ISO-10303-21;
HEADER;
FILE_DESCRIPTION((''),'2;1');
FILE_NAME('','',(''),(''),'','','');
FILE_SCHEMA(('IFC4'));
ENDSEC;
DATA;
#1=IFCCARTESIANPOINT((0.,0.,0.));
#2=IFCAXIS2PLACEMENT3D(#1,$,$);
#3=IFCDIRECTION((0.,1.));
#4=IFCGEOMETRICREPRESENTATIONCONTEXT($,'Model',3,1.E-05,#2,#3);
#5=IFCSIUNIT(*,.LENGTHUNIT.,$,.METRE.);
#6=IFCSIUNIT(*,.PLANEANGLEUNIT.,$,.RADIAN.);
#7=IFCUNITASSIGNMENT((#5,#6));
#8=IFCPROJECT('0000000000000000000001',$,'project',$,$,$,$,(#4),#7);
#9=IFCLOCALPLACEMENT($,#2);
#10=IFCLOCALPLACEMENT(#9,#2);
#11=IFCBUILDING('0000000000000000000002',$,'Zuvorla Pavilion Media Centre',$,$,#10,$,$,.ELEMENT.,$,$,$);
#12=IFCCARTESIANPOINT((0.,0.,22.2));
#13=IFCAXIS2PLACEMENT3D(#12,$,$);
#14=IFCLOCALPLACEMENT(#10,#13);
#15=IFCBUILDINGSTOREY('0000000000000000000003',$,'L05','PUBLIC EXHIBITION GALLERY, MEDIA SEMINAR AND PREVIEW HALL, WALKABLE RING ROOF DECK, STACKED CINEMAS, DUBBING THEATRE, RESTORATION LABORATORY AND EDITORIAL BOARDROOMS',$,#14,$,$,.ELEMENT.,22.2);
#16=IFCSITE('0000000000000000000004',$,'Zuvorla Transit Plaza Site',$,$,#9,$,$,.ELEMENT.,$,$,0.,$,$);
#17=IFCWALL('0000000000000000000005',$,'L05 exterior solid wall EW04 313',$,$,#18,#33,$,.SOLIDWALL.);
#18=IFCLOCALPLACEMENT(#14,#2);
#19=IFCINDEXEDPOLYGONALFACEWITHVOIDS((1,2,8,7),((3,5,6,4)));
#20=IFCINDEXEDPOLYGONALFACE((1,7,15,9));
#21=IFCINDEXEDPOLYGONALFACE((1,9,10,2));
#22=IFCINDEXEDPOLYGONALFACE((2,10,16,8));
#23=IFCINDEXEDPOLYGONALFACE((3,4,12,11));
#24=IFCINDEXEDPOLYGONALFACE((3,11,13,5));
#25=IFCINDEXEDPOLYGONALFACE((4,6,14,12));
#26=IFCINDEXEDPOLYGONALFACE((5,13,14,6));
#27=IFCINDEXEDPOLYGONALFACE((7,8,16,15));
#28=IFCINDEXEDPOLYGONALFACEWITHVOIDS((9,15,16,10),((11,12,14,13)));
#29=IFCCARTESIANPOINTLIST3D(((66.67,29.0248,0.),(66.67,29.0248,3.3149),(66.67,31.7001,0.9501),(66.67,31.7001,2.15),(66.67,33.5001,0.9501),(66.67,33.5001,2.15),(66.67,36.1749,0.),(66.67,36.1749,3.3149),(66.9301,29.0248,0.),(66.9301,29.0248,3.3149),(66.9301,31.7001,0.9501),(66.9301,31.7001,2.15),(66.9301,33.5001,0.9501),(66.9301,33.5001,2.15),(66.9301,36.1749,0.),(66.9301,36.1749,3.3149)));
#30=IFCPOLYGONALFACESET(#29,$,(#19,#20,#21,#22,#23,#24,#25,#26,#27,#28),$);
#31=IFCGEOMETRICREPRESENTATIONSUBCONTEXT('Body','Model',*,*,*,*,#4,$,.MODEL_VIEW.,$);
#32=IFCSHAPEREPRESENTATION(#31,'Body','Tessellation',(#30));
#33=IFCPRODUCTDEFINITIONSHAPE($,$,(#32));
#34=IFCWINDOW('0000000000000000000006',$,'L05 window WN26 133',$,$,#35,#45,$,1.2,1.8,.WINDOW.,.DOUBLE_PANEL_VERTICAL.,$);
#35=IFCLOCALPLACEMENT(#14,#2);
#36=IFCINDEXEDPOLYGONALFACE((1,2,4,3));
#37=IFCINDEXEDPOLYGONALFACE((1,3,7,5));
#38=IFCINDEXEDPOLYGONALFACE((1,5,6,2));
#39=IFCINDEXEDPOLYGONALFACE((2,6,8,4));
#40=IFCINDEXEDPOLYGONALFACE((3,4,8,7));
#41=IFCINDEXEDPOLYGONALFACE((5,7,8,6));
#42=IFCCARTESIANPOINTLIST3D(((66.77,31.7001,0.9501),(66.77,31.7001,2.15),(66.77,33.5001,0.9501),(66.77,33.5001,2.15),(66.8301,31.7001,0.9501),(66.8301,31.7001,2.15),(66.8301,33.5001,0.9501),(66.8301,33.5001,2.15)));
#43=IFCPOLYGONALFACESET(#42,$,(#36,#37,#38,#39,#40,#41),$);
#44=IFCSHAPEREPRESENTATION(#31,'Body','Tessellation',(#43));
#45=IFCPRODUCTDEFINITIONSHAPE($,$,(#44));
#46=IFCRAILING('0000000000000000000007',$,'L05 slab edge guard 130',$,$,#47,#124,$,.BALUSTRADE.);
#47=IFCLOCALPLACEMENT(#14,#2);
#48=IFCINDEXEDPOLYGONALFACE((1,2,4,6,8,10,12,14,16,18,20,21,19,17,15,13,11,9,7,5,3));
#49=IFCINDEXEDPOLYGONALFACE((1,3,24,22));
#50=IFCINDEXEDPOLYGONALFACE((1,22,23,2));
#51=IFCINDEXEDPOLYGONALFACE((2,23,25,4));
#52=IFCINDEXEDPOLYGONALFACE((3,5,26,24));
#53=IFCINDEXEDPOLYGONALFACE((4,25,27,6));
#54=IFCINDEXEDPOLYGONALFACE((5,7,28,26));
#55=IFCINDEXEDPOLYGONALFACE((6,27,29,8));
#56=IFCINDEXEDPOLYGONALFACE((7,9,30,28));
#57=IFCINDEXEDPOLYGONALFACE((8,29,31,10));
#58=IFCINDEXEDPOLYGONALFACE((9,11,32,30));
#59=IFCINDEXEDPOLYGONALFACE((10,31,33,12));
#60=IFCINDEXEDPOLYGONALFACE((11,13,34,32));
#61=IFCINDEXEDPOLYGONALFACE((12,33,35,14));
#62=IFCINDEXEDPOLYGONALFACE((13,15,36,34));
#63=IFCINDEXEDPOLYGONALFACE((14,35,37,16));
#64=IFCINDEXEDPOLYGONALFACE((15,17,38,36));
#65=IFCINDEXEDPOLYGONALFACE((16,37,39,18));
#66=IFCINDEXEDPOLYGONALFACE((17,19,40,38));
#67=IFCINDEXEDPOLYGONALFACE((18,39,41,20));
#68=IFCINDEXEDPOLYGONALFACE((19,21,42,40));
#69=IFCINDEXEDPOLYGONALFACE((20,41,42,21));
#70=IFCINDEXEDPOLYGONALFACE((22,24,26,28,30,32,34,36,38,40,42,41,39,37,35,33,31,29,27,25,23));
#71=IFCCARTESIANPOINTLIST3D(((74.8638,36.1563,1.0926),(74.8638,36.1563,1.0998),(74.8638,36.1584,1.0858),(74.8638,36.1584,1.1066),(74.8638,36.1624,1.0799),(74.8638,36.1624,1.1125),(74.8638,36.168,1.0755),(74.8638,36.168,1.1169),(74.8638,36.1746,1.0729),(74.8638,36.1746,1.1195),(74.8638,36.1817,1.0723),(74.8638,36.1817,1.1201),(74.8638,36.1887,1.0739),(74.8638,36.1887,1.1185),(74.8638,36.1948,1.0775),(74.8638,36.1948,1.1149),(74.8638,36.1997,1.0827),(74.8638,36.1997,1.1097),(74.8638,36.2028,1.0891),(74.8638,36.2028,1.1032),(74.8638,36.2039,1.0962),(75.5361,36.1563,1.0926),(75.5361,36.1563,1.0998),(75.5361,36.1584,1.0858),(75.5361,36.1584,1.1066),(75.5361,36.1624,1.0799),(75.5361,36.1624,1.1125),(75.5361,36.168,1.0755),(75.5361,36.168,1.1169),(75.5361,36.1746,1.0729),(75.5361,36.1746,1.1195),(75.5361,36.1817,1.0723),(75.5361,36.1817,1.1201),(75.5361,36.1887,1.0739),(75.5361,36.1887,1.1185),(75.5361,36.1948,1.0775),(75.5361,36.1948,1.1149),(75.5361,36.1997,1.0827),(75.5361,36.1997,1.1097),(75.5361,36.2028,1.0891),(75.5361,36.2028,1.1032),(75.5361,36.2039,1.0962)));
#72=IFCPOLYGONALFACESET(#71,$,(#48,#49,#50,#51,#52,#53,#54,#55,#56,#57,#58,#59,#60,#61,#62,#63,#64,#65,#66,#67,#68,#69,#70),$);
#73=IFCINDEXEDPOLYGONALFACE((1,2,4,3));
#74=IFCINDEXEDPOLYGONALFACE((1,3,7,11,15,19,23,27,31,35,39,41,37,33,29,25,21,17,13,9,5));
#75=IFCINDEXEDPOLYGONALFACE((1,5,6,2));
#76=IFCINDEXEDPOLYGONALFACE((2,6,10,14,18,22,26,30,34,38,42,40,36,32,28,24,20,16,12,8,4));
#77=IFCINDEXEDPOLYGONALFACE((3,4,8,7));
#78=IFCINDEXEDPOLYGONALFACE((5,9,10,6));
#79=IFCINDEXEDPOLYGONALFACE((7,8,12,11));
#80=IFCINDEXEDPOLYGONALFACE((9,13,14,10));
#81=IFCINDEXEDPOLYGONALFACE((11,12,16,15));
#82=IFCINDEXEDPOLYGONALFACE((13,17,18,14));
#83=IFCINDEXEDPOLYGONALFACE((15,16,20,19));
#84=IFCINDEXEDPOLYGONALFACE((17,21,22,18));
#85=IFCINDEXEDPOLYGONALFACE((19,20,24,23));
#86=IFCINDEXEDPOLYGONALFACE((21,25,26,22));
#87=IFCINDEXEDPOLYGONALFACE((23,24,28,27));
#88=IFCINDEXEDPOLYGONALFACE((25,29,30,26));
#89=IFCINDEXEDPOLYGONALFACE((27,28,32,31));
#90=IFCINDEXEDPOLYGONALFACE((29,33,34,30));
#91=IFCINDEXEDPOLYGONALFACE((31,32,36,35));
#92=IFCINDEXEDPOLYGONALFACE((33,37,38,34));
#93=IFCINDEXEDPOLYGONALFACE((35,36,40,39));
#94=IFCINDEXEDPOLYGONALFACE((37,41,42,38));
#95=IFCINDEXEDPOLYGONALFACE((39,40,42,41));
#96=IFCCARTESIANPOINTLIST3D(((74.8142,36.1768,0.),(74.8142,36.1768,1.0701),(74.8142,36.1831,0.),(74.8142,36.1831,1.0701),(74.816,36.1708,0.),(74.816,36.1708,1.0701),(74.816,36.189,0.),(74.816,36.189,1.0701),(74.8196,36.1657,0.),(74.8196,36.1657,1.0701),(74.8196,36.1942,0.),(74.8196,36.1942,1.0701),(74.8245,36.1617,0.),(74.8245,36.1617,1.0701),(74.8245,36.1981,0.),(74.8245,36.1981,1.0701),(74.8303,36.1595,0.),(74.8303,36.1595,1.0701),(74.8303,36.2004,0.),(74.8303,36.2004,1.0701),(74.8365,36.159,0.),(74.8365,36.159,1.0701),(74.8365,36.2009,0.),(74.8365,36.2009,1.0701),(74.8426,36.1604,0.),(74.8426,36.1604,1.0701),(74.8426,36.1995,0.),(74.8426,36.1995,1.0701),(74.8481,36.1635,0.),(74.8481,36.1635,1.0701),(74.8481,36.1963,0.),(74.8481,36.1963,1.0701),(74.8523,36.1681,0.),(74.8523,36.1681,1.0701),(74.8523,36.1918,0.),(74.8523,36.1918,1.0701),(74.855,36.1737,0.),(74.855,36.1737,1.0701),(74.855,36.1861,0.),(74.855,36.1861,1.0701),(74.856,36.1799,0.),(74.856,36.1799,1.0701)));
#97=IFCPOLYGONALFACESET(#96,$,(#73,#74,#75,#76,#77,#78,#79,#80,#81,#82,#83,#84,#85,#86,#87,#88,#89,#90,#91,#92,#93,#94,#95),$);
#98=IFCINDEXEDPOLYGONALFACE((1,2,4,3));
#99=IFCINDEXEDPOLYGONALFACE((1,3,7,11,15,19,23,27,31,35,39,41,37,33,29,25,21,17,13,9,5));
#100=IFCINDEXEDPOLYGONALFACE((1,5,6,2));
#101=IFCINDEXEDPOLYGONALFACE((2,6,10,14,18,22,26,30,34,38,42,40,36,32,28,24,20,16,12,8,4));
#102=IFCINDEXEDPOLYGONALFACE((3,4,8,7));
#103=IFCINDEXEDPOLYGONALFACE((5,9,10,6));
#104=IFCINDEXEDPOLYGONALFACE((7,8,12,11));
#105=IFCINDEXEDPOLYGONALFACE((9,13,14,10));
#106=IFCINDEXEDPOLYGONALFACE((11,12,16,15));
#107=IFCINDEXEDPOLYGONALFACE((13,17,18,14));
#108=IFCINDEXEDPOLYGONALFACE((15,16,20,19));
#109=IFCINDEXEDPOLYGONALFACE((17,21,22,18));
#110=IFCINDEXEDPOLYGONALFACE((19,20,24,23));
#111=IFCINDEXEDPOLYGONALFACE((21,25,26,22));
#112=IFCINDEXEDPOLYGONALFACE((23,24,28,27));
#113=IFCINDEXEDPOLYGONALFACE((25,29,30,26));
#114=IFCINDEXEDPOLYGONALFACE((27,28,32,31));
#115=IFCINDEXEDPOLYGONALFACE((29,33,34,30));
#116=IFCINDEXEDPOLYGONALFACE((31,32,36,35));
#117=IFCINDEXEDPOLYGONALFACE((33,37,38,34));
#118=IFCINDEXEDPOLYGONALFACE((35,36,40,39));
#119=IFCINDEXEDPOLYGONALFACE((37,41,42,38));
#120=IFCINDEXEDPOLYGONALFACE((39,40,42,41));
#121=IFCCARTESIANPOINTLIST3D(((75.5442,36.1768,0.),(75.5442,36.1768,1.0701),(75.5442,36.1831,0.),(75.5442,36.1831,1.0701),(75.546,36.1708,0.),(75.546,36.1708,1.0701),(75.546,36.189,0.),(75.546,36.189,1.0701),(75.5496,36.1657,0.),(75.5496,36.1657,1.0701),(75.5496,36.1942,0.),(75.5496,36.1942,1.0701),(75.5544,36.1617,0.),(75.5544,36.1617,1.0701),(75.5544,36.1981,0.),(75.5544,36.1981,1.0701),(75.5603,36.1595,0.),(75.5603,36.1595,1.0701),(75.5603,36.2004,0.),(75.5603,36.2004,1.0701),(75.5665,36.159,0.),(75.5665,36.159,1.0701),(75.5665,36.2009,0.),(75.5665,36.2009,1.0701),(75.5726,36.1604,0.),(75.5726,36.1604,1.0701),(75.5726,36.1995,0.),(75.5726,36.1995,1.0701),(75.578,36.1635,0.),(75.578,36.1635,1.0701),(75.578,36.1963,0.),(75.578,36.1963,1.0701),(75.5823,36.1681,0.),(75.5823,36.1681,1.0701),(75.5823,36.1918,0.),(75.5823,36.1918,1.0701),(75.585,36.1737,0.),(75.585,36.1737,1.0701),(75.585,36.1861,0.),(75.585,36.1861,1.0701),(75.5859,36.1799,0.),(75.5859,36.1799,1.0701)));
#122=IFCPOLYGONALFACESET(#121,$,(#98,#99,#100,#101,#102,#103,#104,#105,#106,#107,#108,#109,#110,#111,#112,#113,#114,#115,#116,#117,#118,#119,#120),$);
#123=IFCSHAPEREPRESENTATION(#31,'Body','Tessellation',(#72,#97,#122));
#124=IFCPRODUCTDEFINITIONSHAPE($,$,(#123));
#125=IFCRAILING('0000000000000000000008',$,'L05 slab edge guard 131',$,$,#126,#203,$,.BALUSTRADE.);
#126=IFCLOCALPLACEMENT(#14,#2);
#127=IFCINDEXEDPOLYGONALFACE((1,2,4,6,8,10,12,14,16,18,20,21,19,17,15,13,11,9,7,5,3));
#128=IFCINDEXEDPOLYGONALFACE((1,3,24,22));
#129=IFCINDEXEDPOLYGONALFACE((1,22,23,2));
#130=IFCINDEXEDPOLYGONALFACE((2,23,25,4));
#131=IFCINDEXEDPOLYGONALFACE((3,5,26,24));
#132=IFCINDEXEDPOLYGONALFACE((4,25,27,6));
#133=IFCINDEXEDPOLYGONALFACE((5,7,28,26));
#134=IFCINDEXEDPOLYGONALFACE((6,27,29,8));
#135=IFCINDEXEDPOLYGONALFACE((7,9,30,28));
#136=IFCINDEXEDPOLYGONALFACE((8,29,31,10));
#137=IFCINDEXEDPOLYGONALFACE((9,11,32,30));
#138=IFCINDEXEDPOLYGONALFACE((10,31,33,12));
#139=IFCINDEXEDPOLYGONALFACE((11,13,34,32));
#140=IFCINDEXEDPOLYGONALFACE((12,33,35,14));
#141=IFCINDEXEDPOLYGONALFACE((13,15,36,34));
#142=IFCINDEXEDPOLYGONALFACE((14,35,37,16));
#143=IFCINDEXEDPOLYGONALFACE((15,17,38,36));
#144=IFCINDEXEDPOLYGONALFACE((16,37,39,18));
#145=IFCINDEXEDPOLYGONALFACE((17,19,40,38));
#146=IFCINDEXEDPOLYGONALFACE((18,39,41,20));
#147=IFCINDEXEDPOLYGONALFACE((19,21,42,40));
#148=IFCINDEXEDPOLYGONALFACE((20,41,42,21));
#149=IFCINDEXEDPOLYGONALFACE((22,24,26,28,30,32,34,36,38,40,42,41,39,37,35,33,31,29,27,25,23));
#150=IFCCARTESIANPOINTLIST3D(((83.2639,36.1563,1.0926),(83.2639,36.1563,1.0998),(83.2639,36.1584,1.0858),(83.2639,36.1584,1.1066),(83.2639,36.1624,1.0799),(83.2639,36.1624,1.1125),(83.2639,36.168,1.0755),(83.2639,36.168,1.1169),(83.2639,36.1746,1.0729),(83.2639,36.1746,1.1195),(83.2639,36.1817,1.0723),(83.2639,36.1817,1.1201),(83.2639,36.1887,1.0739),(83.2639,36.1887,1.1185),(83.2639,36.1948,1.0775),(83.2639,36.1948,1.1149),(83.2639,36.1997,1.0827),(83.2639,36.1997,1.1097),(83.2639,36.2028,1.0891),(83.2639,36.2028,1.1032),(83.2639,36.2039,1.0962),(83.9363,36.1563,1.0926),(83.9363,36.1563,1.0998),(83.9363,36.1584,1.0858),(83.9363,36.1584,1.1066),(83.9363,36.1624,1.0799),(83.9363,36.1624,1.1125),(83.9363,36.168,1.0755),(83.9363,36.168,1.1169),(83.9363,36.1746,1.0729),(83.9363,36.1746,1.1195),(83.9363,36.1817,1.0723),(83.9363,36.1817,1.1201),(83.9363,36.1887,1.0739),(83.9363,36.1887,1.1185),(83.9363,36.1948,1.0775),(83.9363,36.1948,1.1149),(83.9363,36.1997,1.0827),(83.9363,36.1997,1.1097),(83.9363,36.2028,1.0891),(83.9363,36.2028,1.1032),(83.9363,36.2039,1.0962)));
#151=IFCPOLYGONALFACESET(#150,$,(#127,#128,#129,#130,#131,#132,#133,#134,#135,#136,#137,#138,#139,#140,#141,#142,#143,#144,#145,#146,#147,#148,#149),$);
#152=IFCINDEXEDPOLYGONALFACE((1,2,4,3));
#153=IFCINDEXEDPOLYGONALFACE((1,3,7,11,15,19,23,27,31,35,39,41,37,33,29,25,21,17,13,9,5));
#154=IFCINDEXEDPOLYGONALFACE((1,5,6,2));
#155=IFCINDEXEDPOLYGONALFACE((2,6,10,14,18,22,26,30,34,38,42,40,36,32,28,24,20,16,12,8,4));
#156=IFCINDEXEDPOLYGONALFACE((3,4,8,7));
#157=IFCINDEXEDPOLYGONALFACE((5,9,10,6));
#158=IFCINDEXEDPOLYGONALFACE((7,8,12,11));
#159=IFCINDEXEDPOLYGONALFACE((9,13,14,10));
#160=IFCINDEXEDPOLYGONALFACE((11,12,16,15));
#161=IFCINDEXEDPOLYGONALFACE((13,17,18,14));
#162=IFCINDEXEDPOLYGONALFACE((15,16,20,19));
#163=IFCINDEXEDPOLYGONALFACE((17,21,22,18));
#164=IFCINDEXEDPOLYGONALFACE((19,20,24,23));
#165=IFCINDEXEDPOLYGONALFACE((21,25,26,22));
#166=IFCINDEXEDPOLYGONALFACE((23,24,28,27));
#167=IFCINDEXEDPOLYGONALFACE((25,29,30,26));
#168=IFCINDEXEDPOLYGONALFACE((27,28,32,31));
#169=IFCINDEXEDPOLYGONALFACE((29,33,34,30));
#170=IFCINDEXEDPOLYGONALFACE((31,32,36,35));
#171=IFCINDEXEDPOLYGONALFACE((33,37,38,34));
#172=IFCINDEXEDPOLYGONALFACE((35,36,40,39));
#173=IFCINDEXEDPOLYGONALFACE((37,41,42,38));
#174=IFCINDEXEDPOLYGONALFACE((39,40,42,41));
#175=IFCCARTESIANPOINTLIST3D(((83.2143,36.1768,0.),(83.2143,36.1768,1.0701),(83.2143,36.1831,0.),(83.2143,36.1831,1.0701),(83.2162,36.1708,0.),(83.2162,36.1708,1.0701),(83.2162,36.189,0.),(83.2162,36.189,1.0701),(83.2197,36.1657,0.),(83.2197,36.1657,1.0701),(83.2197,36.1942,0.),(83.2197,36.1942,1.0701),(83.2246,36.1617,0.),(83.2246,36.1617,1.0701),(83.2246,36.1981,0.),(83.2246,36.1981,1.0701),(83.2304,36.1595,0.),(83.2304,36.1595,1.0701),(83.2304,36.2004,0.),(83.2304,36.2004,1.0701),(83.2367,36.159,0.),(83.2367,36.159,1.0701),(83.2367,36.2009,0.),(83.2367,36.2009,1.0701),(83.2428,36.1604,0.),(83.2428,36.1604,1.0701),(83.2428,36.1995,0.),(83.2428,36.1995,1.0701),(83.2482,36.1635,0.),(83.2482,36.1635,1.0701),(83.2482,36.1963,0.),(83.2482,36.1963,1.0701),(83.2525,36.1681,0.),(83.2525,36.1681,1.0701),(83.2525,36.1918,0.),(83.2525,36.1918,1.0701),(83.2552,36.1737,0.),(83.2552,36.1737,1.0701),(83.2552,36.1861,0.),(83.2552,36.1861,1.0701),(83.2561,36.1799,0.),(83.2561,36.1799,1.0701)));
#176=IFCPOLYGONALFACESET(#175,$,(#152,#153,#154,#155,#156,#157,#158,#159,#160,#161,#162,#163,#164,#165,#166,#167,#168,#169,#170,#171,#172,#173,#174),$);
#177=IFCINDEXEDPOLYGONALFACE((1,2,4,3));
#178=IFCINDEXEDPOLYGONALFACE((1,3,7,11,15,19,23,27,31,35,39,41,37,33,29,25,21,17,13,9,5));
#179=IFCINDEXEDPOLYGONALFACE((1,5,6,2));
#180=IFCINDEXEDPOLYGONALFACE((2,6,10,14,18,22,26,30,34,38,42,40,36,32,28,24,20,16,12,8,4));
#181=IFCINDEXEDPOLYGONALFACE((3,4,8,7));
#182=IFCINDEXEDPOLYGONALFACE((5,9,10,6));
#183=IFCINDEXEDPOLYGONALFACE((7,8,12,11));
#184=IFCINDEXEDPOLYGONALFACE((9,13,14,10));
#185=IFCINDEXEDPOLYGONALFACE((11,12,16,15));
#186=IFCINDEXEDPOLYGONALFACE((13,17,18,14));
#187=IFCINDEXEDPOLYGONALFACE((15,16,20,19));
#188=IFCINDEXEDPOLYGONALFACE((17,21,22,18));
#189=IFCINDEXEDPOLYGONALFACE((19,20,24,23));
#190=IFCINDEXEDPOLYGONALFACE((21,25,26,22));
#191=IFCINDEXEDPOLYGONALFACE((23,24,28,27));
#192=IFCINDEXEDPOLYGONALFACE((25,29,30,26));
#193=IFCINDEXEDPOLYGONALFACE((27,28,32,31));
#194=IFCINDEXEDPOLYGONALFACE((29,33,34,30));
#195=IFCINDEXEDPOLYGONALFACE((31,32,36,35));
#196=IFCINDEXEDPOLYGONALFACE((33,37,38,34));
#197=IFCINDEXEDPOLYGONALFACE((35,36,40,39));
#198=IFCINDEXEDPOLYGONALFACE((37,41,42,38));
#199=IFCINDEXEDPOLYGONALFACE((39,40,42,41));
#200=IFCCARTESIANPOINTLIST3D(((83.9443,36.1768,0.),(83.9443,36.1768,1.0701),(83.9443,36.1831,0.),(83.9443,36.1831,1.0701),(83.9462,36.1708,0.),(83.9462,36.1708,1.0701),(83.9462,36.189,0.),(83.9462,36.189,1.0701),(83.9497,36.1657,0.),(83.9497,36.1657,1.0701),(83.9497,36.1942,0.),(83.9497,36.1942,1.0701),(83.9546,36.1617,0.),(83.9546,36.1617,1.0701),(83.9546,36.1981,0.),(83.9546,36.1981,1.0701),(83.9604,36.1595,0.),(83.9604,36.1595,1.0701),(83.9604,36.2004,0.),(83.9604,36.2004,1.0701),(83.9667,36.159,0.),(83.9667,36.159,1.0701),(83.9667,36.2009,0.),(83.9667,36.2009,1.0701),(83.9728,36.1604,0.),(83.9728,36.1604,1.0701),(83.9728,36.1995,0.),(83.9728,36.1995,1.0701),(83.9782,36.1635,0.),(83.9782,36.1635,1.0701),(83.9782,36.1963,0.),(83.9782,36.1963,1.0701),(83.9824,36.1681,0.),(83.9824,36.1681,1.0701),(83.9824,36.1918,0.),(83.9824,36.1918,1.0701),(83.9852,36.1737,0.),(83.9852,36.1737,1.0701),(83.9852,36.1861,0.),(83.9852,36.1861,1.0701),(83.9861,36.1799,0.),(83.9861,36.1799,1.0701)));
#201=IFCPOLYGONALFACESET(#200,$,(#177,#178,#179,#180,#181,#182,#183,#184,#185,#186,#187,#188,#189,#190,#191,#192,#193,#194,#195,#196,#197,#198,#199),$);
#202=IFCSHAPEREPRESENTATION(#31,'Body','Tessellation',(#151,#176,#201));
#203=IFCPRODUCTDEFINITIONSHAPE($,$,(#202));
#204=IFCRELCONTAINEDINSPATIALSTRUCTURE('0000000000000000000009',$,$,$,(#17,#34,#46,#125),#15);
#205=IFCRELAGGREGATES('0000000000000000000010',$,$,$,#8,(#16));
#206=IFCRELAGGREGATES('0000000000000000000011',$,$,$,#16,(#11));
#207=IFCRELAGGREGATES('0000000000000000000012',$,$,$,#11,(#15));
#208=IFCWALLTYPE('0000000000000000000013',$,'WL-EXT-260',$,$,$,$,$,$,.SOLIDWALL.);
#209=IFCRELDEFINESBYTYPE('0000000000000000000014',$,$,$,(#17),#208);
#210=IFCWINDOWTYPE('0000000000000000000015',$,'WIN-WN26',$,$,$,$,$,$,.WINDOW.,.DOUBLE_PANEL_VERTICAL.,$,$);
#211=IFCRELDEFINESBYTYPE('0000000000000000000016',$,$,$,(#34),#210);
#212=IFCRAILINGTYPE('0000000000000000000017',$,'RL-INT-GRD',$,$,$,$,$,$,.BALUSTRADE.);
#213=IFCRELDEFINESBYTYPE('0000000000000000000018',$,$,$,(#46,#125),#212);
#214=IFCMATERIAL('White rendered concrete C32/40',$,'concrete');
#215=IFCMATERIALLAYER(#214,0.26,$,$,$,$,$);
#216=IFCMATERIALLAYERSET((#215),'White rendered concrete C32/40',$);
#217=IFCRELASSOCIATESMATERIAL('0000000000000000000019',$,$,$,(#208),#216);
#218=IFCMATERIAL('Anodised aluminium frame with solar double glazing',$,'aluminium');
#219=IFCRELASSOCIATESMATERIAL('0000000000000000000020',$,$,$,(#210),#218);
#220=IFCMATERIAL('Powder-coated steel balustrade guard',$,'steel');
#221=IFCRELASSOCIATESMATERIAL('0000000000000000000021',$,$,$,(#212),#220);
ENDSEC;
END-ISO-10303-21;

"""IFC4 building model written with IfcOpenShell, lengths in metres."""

from ifc_helpers import new_model, si_unit, direction, frame, frame_2d, origin, origin_2d, place, context, subcontext, project, spatial, rectangle, circle, extrude, material, layer, layer_set, type_object, element, fill, save


model = new_model("IFC4")

# Units and contexts
model_context = context("Model", 3, precision=1e-05, world=origin(), true_north=direction((0.0, 1.0)))
body_context = subcontext(model_context, "Body", "Model", "MODEL_VIEW")
ifc_project = project(units=[si_unit("LENGTHUNIT", "METRE"), si_unit("PLANEANGLEUNIT", "RADIAN")], contexts=[model_context])

# Site, building, storey
site_placement = place(None, origin())
site = spatial("IfcSite", under=ifc_project, at=site_placement, Name="Zuvorla Transit Plaza Site", CompositionType="ELEMENT", RefElevation=0.0)
building_placement = place(site_placement, origin())
building = spatial("IfcBuilding", under=site, at=building_placement, Name="Zuvorla Pavilion Media Centre", CompositionType="ELEMENT")
storey_placement = place(building_placement, frame((0.0, 0.0, 22.2)))
storey = spatial("IfcBuildingStorey", under=building, at=storey_placement, Name="L05", Description="PUBLIC EXHIBITION GALLERY, MEDIA SEMINAR AND PREVIEW HALL, WALKABLE RING ROOF DECK, STACKED CINEMAS, DUBBING THEATRE, RESTORATION LABORATORY AND EDITORIAL BOARDROOMS", CompositionType="ELEMENT", Elevation=22.2)

# Wall, opening, window
ifc_material_1 = material(Name="White rendered concrete C32/40", Category="concrete")
ifc_layer = layer(ifc_material_1, 0.26)
ifc_layer_set = layer_set([ifc_layer], Name="White rendered concrete C32/40")
wall_type = type_object("IfcWallType", Name="WL-EXT-260", PredefinedType="SOLIDWALL", material=ifc_layer_set)
ifc_material_2 = material(Name="Anodised aluminium frame with solar double glazing", Category="aluminium")
wall_1_placement = place(storey_placement, frame((66.8, 36.175, 0.0), z_axis=(0.0, 0.0, 1.0), x_axis=(0.0, -1.0, 0.0)))
wall_1 = element("IfcWall", 1, at=wall_1_placement, inside=storey, type_object=wall_type, Name="L05 exterior solid wall EW04 313", PredefinedType="SOLIDWALL", context=body_context, shape_type="SweptSolid", body=[
    extrude(rectangle(XDim=7.1501, YDim=0.26, at=frame_2d((3.5752, 0.0))), origin(), (0.0, 0.0, 1.0), 3.3149),
])
opening_1_placement = place(wall_1_placement, frame((2.675, 0.0, 0.95)))
opening_1 = element("IfcOpeningElement", 2, at=opening_1_placement, cuts=wall_1, PredefinedType="OPENING", context=body_context, shape_type="SweptSolid", body=[
    extrude(rectangle(XDim=1.8, YDim=1.2, at=frame_2d((0.8999, 0.6001))), frame((0.0, 0.1399, 0.0), z_axis=(0.0, -1.0, 0.0), x_axis=(1.0, 0.0, 0.0)), (0.0, 0.0, 1.0), 0.28),
])
window_type_1 = type_object("IfcWindowType", Name="WIN-WN26", PartitioningType="DOUBLE_PANEL_VERTICAL", PredefinedType="WINDOW", material=ifc_material_2)
window_1_placement = place(opening_1_placement, origin())
window_1 = element("IfcWindow", 3, at=window_1_placement, inside=storey, type_object=window_type_1, Name="L05 window WN26 133", OverallHeight=1.2, OverallWidth=1.8, PartitioningType="DOUBLE_PANEL_VERTICAL", PredefinedType="WINDOW", context=body_context, shape_type="SweptSolid", body=[
    extrude(rectangle(XDim=1.8, YDim=1.2, at=frame_2d((0.8999, 0.6001))), frame((0.0, 0.03, 0.0), z_axis=(0.0, -1.0, 0.0), x_axis=(1.0, 0.0, 0.0)), (0.0, 0.0, 1.0), 0.0601),
])
fill(opening_1, window_1)

# Railings
ifc_material_3 = material(Name="Powder-coated steel balustrade guard", Category="steel")
railing_type = type_object("IfcRailingType", Name="RL-INT-GRD", PredefinedType="BALUSTRADE", material=ifc_material_3)
for number, where, name in (
    (4, (74.835, 36.1799, 0.0), "L05 slab edge guard 130"),
    (5, (83.2351, 36.1799, 0.0), "L05 slab edge guard 131"),
):
    element("IfcRailing", number, at=place(storey_placement, frame(where)), inside=storey, type_object=railing_type, Name=name, PredefinedType="BALUSTRADE", context=body_context, shape_type="SweptSolid", body=[
        extrude(circle(Radius=0.0239, at=origin_2d()), frame((0.0288, 0.0, 1.0962), z_axis=(1.0, 0.0, 0.0), x_axis=(0.0, 1.0, 0.0)), (0.0, 0.0, 1.0), 0.6724),
        extrude(circle(Radius=0.021, at=origin_2d()), origin(), (0.0, 0.0, 1.0), 1.0701),
        extrude(circle(Radius=0.021, at=origin_2d()), frame((0.73, 0.0, 0.0)), (0.0, 0.0, 1.0), 1.0701),
    ])

save(model, "model.ifc")
